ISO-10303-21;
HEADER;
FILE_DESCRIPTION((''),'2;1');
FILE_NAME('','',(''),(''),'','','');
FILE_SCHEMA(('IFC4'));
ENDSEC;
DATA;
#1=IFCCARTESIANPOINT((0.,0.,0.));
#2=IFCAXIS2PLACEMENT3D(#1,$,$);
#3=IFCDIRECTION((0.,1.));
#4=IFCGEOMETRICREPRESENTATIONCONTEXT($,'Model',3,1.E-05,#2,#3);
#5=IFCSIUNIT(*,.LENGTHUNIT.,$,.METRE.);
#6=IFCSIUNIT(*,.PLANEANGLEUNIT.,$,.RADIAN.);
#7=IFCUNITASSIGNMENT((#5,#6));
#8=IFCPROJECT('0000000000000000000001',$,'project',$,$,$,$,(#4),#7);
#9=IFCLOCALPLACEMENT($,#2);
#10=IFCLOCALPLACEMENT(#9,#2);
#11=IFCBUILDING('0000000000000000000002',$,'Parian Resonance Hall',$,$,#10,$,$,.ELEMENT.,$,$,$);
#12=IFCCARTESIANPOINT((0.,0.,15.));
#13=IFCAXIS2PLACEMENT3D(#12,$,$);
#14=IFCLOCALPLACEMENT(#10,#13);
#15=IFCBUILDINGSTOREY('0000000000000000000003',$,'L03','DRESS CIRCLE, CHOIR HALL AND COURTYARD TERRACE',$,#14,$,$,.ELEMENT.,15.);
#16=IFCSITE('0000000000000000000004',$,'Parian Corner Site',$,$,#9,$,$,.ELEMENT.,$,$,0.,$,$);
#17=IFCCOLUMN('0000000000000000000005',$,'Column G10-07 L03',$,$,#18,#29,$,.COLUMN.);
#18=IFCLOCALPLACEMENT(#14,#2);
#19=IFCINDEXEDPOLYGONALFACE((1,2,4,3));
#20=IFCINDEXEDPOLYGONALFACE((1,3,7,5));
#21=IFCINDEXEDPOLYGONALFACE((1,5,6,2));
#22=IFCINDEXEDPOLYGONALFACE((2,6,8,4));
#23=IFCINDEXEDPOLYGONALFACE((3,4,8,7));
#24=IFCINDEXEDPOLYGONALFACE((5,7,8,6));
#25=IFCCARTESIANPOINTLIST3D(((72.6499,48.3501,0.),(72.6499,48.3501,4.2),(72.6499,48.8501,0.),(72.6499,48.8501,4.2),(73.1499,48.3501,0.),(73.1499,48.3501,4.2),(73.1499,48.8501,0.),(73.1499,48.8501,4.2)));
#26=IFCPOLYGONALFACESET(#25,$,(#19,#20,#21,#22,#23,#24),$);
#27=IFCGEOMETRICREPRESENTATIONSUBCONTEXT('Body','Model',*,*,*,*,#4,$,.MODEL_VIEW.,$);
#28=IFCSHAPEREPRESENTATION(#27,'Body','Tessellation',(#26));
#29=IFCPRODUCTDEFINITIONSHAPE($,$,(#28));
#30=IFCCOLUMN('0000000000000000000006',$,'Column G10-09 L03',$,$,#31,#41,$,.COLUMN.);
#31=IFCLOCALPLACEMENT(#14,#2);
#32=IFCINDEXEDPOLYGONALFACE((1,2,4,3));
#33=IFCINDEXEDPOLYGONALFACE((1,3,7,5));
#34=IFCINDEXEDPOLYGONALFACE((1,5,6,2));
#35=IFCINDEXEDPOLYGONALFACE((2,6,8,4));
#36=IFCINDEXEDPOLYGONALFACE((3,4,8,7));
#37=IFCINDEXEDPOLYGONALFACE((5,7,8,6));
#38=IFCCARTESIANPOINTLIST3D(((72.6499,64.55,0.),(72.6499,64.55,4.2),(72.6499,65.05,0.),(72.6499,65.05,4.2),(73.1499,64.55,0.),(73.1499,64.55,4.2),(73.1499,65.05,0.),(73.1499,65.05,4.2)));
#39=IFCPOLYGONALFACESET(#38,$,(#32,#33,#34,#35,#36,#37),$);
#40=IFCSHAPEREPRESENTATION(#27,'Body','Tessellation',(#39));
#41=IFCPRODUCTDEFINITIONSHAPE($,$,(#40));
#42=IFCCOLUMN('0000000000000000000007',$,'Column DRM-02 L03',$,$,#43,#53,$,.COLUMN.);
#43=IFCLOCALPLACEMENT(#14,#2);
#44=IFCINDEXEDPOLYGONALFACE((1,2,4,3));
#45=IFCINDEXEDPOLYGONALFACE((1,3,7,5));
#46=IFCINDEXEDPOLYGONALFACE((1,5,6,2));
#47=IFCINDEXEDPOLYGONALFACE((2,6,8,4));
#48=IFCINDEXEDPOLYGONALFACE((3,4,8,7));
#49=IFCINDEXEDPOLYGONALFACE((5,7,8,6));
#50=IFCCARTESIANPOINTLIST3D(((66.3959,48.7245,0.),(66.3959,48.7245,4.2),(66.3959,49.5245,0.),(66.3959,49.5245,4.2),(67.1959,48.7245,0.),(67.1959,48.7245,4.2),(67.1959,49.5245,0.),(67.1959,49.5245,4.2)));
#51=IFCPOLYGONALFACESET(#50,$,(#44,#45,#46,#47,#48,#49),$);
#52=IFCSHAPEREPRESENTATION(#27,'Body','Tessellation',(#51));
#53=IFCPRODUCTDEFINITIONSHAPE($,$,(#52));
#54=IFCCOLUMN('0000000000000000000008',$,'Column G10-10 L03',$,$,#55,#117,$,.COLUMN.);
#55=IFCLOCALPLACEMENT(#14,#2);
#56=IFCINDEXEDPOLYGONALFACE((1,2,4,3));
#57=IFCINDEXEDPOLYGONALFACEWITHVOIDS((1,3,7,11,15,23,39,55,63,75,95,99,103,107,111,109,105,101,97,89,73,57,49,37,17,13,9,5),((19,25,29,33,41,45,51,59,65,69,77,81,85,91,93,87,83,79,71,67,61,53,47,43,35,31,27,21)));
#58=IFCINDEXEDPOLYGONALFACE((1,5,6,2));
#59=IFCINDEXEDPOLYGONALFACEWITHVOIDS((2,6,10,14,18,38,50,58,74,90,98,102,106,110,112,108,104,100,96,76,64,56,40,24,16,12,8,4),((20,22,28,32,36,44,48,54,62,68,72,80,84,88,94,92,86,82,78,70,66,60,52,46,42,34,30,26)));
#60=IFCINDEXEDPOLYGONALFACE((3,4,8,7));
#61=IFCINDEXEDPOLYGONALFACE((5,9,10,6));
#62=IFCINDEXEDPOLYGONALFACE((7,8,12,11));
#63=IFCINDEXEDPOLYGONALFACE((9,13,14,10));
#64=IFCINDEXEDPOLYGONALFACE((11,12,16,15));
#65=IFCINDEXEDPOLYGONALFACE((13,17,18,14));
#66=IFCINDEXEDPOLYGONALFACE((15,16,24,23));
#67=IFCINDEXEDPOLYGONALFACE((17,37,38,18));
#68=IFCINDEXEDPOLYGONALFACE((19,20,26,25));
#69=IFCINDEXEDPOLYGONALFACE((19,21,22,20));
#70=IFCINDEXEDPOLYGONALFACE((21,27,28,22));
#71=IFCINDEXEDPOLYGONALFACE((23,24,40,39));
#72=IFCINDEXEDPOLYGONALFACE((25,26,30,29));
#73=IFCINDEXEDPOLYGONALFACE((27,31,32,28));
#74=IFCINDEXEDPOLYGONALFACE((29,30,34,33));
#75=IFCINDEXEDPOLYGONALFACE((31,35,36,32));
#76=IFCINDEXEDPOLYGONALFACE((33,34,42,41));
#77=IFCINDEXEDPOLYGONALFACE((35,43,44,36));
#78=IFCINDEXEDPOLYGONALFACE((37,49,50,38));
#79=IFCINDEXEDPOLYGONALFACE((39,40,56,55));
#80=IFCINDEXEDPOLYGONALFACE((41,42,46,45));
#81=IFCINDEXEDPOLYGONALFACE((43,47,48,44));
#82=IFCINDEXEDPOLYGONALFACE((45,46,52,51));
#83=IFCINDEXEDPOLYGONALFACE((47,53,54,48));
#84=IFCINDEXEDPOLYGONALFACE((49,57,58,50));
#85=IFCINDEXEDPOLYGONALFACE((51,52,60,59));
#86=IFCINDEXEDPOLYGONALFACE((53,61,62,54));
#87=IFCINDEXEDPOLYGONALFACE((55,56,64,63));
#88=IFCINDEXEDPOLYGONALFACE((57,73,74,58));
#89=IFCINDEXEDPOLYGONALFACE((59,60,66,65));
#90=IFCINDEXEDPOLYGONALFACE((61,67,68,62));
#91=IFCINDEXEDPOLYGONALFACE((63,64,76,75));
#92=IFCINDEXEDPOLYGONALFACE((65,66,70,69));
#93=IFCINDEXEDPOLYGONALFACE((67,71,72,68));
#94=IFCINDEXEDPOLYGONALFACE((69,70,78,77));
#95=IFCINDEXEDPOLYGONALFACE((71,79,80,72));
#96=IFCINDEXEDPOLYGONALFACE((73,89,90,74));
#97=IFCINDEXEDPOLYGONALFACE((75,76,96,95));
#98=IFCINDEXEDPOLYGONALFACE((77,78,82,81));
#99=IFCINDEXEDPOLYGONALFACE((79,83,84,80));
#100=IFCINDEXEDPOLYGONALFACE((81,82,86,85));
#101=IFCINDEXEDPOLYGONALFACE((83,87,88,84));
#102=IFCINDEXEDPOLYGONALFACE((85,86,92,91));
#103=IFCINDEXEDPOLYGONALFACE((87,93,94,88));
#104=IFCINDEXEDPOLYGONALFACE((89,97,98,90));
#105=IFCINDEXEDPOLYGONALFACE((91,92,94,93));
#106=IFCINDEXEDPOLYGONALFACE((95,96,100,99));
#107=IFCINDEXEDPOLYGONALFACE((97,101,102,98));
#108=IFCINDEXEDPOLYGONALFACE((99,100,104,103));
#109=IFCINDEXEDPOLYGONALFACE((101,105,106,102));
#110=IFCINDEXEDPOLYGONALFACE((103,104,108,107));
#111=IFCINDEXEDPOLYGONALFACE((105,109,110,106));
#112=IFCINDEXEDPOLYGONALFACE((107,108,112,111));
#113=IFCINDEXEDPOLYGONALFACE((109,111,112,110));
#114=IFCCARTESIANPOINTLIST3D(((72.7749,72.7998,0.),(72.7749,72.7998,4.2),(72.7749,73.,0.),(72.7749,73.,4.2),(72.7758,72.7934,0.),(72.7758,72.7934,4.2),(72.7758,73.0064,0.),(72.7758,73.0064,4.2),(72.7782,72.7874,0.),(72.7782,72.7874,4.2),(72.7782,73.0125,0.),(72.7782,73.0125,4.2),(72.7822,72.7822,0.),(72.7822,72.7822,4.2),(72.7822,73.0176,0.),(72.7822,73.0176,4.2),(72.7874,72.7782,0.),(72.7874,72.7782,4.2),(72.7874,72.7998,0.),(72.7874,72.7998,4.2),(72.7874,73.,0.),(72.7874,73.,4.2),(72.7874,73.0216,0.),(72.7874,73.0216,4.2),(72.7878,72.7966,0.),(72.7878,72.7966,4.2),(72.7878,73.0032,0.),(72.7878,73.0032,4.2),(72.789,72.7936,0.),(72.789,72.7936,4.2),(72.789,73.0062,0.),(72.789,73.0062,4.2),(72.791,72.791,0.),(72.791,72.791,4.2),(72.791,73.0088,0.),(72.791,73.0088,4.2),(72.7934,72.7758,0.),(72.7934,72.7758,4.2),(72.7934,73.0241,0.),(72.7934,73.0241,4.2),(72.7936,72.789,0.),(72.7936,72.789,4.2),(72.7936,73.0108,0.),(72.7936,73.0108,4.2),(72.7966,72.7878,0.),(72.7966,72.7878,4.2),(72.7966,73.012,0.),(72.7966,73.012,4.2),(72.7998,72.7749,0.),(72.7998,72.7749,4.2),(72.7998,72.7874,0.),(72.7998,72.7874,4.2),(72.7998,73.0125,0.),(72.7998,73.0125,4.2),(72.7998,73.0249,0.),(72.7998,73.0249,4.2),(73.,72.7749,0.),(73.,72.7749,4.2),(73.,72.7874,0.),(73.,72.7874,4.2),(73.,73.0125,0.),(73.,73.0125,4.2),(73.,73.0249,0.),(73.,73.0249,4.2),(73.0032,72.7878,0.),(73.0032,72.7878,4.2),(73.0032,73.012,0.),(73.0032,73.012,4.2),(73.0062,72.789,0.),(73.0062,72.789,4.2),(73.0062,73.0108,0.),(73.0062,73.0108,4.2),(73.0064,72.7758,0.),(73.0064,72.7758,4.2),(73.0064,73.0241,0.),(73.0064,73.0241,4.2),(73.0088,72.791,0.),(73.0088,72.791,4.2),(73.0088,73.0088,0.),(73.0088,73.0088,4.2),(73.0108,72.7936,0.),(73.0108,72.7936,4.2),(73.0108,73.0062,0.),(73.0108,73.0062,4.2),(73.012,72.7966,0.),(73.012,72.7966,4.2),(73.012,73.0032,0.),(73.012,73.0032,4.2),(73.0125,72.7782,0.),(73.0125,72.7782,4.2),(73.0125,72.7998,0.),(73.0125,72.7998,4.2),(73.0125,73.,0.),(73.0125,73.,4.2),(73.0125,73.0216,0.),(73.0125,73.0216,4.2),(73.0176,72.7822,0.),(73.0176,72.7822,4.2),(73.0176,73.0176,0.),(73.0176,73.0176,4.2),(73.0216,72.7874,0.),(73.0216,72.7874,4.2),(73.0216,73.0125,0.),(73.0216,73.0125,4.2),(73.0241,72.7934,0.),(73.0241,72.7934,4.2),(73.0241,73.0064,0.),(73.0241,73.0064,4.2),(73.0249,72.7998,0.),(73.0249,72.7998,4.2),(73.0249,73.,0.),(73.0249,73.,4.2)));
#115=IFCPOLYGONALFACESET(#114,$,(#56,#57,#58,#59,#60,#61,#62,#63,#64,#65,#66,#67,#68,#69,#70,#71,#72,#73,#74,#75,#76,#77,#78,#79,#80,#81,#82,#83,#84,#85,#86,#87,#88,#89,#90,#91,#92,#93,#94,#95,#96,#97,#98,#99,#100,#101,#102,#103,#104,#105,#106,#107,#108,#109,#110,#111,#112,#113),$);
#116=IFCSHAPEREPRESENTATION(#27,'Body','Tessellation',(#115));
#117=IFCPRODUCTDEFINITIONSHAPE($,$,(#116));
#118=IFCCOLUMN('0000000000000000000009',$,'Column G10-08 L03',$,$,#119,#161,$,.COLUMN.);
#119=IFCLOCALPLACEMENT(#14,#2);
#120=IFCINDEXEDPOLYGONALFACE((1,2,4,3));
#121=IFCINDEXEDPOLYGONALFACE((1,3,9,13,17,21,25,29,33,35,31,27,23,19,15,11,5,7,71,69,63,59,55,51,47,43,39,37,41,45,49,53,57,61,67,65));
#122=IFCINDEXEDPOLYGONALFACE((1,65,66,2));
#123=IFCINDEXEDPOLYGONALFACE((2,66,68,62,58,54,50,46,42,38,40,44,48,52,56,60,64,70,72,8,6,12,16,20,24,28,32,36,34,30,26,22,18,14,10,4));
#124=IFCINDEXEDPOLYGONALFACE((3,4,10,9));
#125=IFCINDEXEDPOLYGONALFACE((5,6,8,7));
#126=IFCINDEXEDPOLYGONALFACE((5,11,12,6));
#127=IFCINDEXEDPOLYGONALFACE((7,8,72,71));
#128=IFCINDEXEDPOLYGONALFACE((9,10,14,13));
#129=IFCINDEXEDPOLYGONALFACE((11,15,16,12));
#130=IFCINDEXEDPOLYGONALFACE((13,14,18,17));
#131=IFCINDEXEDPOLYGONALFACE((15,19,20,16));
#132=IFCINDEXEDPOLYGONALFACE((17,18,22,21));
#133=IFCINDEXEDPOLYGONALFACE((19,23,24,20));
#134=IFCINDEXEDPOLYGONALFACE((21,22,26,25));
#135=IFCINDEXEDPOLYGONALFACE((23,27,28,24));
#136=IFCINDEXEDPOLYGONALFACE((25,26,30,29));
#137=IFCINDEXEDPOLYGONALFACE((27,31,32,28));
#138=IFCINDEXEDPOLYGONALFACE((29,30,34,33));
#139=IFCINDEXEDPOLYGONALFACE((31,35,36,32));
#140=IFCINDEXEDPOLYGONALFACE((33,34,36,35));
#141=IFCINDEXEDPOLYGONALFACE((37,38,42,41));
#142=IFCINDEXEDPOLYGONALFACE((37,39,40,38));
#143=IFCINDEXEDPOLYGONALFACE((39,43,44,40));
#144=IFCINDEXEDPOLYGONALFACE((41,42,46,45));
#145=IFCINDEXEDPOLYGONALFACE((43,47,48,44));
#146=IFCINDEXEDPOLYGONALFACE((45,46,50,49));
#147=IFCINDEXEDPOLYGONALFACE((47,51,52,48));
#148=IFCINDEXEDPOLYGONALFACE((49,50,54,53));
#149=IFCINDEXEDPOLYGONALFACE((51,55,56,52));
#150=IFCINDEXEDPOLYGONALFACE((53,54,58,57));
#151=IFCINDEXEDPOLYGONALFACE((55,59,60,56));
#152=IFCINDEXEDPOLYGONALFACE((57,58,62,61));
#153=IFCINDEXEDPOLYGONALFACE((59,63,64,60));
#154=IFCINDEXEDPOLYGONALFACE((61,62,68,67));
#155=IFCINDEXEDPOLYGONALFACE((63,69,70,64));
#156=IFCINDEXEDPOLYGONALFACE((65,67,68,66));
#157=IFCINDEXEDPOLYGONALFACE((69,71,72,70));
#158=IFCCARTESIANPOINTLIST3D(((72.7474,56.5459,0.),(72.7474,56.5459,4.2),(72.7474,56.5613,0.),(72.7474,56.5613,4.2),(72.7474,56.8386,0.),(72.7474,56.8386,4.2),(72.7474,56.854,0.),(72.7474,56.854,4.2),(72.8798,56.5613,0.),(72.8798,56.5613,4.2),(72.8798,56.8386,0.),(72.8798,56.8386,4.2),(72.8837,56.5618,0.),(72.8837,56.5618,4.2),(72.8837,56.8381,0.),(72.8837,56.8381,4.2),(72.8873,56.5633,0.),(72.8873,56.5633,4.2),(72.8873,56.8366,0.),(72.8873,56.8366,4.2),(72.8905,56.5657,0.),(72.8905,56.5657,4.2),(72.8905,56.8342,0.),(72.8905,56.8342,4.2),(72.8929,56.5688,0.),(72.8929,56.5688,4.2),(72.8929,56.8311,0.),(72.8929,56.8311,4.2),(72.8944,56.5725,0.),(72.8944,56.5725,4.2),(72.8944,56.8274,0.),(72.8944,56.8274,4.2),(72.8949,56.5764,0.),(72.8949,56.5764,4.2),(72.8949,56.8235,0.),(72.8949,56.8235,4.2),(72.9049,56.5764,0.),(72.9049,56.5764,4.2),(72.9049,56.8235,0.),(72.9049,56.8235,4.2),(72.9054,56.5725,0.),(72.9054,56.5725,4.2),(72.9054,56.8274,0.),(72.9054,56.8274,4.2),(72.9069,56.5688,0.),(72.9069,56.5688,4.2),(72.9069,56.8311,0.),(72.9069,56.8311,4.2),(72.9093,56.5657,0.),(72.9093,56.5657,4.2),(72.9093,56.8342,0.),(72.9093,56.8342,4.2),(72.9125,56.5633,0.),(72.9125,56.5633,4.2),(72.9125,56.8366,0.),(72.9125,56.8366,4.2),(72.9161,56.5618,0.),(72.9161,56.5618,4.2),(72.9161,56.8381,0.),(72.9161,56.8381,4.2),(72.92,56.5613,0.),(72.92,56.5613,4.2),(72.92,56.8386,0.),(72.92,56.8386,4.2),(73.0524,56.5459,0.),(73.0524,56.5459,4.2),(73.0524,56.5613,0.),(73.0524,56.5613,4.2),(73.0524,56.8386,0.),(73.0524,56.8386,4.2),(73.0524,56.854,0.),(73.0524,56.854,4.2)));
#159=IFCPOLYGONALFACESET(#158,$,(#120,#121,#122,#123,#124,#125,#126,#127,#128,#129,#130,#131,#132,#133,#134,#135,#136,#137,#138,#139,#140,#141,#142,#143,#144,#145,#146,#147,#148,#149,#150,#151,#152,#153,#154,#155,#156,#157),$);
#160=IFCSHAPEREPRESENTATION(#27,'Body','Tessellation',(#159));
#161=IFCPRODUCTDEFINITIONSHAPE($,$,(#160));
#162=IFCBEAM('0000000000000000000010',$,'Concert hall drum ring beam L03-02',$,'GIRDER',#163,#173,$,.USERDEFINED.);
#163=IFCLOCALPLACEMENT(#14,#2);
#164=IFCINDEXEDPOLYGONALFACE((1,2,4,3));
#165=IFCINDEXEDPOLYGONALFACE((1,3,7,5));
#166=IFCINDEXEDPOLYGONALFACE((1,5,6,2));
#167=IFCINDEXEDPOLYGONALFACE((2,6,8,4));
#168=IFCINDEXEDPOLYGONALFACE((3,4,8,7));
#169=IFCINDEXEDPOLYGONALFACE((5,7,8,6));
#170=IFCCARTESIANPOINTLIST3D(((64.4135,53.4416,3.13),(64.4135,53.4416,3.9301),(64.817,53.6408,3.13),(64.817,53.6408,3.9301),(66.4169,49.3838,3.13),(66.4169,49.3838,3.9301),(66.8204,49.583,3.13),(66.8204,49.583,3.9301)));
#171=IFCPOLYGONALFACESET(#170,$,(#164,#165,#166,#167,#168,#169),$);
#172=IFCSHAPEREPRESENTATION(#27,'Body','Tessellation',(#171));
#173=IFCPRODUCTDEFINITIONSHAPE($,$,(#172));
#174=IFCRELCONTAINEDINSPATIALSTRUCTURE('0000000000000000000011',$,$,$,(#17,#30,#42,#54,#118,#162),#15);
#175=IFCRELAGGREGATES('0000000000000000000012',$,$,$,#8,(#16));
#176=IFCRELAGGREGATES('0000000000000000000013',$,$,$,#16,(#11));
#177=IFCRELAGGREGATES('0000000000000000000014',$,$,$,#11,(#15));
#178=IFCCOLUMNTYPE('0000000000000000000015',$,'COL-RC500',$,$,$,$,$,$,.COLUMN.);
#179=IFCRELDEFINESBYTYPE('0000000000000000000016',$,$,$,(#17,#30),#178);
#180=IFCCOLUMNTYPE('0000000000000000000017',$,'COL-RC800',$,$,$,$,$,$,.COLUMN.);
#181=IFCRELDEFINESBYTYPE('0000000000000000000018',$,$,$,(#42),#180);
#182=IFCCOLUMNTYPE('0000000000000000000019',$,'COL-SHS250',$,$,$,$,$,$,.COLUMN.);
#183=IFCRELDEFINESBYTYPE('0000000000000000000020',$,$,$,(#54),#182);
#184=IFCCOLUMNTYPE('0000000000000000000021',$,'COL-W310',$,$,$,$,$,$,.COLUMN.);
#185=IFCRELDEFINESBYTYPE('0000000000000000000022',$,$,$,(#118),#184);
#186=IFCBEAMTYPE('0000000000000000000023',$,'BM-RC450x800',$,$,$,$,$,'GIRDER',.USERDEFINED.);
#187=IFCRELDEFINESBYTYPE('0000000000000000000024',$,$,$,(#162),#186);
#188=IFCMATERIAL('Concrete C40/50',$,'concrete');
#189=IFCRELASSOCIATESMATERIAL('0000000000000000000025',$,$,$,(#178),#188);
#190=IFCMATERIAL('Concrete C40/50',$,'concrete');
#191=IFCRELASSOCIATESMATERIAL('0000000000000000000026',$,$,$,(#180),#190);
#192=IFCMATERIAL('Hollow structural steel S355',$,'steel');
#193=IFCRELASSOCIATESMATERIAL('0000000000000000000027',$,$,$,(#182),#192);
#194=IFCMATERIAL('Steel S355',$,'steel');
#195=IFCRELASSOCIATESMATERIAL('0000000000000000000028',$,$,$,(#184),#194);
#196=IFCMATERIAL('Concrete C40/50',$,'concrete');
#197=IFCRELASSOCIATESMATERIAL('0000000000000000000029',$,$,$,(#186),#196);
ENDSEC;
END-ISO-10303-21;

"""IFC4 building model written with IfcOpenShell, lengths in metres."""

from ifc_helpers import new_model, si_unit, direction, frame, origin, origin_2d, place, context, subcontext, project, spatial, rectangle, hollow_rectangle, i_section, extrude, material, material_profile, profile_set, type_object, element, save


model = new_model("IFC4")

# Units and contexts
model_context = context("Model", 3, precision=1e-05, world=origin(), true_north=direction((0.0, 1.0)))
body_context = subcontext(model_context, "Body", "Model", "MODEL_VIEW")
ifc_project = project(units=[si_unit("LENGTHUNIT", "METRE"), si_unit("PLANEANGLEUNIT", "RADIAN")], contexts=[model_context])

# Site, building, storey
site_placement = place(None, origin())
site = spatial("IfcSite", under=ifc_project, at=site_placement, Name="Parian Corner Site", CompositionType="ELEMENT", RefElevation=0.0)
building_placement = place(site_placement, origin())
building = spatial("IfcBuilding", under=site, at=building_placement, Name="Parian Resonance Hall", CompositionType="ELEMENT")
storey_placement = place(building_placement, frame((0.0, 0.0, 15.0)))
storey = spatial("IfcBuildingStorey", under=building, at=storey_placement, Name="L03", Description="DRESS CIRCLE, CHOIR HALL AND COURTYARD TERRACE", CompositionType="ELEMENT", Elevation=15.0)

# Columns
ifc_material_1 = material(Name="Concrete C40/50", Category="concrete")
ifc_material_profile_1 = material_profile(ifc_material_1, rectangle(XDim=0.5, YDim=0.5, at=origin_2d()), Name="RC-COL-500x500")
ifc_profile_set_1 = profile_set([ifc_material_profile_1], Name="Concrete C40/50")
column_type_1 = type_object("IfcColumnType", Name="COL-RC500", PredefinedType="COLUMN", material=ifc_profile_set_1)
for number, where, z_axis, x_axis, name in (
    (1, (72.8999, 48.6001, 0.0), (0.0, 0.0, 1.0), (1.0, 0.0, 0.0), "Column G10-07 L03"),
    (2, (72.8999, 64.8, 0.0), (0.0, 0.0, 1.0), (1.0, 0.0, 0.0), "Column G10-09 L03"),
):
    element("IfcColumn", number, at=place(storey_placement, frame(where, z_axis=z_axis, x_axis=x_axis)), inside=storey, type_object=column_type_1, Name=name, PredefinedType="COLUMN", context=body_context, shape_type="SweptSolid", body=[
        extrude(rectangle(XDim=0.5, YDim=0.5, at=origin_2d()), origin(), (0.0, 0.0, 1.0), 4.2),
    ])
ifc_material_2 = material(Name="Concrete C40/50", Category="concrete")
ifc_material_profile_2 = material_profile(ifc_material_2, rectangle(XDim=0.8, YDim=0.8, at=origin_2d()), Name="RC-COL-800x800")
ifc_profile_set_2 = profile_set([ifc_material_profile_2], Name="Concrete C40/50")
column_type_2 = type_object("IfcColumnType", Name="COL-RC800", PredefinedType="COLUMN", material=ifc_profile_set_2)
column_1_placement = place(storey_placement, frame((66.7959, 49.1245, 0.0), z_axis=(0.0, 0.0, 1.0), x_axis=(1.0, 0.0, 0.0)))
element("IfcColumn", 3, at=column_1_placement, inside=storey, type_object=column_type_2, Name="Column DRM-02 L03", PredefinedType="COLUMN", context=body_context, shape_type="SweptSolid", body=[
    extrude(rectangle(XDim=0.8, YDim=0.8, at=origin_2d()), origin(), (0.0, 0.0, 1.0), 4.2),
])
ifc_material_3 = material(Name="Hollow structural steel S355", Category="steel")
ifc_material_profile_3 = material_profile(ifc_material_3, hollow_rectangle(XDim=0.25, YDim=0.25, WallThickness=0.0125, InnerFilletRadius=0.0125, OuterFilletRadius=0.0249, at=origin_2d()), Name="SHS250x250x12.5")
ifc_profile_set_3 = profile_set([ifc_material_profile_3], Name="Hollow structural steel S355")
column_type_3 = type_object("IfcColumnType", Name="COL-SHS250", PredefinedType="COLUMN", material=ifc_profile_set_3)
column_2_placement = place(storey_placement, frame((72.8999, 72.8999, 0.0), z_axis=(0.0, 0.0, 1.0), x_axis=(1.0, 0.0, 0.0)))
element("IfcColumn", 4, at=column_2_placement, inside=storey, type_object=column_type_3, Name="Column G10-10 L03", PredefinedType="COLUMN", context=body_context, shape_type="SweptSolid", body=[
    extrude(hollow_rectangle(XDim=0.25, YDim=0.25, WallThickness=0.0125, InnerFilletRadius=0.0125, OuterFilletRadius=0.0249, at=origin_2d()), origin(), (0.0, 0.0, 1.0), 4.2),
])
ifc_material_4 = material(Name="Steel S355", Category="steel")
ifc_material_profile_4 = material_profile(ifc_material_4, i_section(OverallWidth=0.3049, OverallDepth=0.3081, WebThickness=0.01, FlangeThickness=0.0154, FilletRadius=0.0151, at=origin_2d()), Name="W310x97")
ifc_profile_set_4 = profile_set([ifc_material_profile_4], Name="Steel S355")
column_type_4 = type_object("IfcColumnType", Name="COL-W310", PredefinedType="COLUMN", material=ifc_profile_set_4)
column_3_placement = place(storey_placement, frame((72.8999, 56.7, 0.0), z_axis=(0.0, 0.0, 1.0), x_axis=(1.0, 0.0, 0.0)))
element("IfcColumn", 5, at=column_3_placement, inside=storey, type_object=column_type_4, Name="Column G10-08 L03", PredefinedType="COLUMN", context=body_context, shape_type="SweptSolid", body=[
    extrude(i_section(OverallWidth=0.3049, OverallDepth=0.3081, WebThickness=0.01, FlangeThickness=0.0154, FilletRadius=0.0151, at=origin_2d()), origin(), (0.0, 0.0, 1.0), 4.2),
])

# Beam
ifc_material_5 = material(Name="Concrete C40/50", Category="concrete")
ifc_material_profile_5 = material_profile(ifc_material_5, rectangle(XDim=0.45, YDim=0.8, at=origin_2d()), Name="RC-BM-450x800")
ifc_profile_set_5 = profile_set([ifc_material_profile_5], Name="Concrete C40/50")
beam_type_1 = type_object("IfcBeamType", Name="BM-RC450x800", ElementType="GIRDER", PredefinedType="USERDEFINED", material=ifc_profile_set_5)
beam_1_placement = place(storey_placement, frame((66.6187, 49.4834, 3.53), z_axis=(-0.442698, 0.896671, 0.0), x_axis=(-0.896671, -0.442698, 0.0)))
element("IfcBeam", 6, at=beam_1_placement, inside=storey, type_object=beam_type_1, Name="Concert hall drum ring beam L03-02", ObjectType="GIRDER", PredefinedType="USERDEFINED", context=body_context, shape_type="SweptSolid", body=[
    extrude(rectangle(XDim=0.45, YDim=0.8, at=origin_2d()), origin(), (0.0, 0.0, 1.0), 4.5254),
])

save(model, "model.ifc")
